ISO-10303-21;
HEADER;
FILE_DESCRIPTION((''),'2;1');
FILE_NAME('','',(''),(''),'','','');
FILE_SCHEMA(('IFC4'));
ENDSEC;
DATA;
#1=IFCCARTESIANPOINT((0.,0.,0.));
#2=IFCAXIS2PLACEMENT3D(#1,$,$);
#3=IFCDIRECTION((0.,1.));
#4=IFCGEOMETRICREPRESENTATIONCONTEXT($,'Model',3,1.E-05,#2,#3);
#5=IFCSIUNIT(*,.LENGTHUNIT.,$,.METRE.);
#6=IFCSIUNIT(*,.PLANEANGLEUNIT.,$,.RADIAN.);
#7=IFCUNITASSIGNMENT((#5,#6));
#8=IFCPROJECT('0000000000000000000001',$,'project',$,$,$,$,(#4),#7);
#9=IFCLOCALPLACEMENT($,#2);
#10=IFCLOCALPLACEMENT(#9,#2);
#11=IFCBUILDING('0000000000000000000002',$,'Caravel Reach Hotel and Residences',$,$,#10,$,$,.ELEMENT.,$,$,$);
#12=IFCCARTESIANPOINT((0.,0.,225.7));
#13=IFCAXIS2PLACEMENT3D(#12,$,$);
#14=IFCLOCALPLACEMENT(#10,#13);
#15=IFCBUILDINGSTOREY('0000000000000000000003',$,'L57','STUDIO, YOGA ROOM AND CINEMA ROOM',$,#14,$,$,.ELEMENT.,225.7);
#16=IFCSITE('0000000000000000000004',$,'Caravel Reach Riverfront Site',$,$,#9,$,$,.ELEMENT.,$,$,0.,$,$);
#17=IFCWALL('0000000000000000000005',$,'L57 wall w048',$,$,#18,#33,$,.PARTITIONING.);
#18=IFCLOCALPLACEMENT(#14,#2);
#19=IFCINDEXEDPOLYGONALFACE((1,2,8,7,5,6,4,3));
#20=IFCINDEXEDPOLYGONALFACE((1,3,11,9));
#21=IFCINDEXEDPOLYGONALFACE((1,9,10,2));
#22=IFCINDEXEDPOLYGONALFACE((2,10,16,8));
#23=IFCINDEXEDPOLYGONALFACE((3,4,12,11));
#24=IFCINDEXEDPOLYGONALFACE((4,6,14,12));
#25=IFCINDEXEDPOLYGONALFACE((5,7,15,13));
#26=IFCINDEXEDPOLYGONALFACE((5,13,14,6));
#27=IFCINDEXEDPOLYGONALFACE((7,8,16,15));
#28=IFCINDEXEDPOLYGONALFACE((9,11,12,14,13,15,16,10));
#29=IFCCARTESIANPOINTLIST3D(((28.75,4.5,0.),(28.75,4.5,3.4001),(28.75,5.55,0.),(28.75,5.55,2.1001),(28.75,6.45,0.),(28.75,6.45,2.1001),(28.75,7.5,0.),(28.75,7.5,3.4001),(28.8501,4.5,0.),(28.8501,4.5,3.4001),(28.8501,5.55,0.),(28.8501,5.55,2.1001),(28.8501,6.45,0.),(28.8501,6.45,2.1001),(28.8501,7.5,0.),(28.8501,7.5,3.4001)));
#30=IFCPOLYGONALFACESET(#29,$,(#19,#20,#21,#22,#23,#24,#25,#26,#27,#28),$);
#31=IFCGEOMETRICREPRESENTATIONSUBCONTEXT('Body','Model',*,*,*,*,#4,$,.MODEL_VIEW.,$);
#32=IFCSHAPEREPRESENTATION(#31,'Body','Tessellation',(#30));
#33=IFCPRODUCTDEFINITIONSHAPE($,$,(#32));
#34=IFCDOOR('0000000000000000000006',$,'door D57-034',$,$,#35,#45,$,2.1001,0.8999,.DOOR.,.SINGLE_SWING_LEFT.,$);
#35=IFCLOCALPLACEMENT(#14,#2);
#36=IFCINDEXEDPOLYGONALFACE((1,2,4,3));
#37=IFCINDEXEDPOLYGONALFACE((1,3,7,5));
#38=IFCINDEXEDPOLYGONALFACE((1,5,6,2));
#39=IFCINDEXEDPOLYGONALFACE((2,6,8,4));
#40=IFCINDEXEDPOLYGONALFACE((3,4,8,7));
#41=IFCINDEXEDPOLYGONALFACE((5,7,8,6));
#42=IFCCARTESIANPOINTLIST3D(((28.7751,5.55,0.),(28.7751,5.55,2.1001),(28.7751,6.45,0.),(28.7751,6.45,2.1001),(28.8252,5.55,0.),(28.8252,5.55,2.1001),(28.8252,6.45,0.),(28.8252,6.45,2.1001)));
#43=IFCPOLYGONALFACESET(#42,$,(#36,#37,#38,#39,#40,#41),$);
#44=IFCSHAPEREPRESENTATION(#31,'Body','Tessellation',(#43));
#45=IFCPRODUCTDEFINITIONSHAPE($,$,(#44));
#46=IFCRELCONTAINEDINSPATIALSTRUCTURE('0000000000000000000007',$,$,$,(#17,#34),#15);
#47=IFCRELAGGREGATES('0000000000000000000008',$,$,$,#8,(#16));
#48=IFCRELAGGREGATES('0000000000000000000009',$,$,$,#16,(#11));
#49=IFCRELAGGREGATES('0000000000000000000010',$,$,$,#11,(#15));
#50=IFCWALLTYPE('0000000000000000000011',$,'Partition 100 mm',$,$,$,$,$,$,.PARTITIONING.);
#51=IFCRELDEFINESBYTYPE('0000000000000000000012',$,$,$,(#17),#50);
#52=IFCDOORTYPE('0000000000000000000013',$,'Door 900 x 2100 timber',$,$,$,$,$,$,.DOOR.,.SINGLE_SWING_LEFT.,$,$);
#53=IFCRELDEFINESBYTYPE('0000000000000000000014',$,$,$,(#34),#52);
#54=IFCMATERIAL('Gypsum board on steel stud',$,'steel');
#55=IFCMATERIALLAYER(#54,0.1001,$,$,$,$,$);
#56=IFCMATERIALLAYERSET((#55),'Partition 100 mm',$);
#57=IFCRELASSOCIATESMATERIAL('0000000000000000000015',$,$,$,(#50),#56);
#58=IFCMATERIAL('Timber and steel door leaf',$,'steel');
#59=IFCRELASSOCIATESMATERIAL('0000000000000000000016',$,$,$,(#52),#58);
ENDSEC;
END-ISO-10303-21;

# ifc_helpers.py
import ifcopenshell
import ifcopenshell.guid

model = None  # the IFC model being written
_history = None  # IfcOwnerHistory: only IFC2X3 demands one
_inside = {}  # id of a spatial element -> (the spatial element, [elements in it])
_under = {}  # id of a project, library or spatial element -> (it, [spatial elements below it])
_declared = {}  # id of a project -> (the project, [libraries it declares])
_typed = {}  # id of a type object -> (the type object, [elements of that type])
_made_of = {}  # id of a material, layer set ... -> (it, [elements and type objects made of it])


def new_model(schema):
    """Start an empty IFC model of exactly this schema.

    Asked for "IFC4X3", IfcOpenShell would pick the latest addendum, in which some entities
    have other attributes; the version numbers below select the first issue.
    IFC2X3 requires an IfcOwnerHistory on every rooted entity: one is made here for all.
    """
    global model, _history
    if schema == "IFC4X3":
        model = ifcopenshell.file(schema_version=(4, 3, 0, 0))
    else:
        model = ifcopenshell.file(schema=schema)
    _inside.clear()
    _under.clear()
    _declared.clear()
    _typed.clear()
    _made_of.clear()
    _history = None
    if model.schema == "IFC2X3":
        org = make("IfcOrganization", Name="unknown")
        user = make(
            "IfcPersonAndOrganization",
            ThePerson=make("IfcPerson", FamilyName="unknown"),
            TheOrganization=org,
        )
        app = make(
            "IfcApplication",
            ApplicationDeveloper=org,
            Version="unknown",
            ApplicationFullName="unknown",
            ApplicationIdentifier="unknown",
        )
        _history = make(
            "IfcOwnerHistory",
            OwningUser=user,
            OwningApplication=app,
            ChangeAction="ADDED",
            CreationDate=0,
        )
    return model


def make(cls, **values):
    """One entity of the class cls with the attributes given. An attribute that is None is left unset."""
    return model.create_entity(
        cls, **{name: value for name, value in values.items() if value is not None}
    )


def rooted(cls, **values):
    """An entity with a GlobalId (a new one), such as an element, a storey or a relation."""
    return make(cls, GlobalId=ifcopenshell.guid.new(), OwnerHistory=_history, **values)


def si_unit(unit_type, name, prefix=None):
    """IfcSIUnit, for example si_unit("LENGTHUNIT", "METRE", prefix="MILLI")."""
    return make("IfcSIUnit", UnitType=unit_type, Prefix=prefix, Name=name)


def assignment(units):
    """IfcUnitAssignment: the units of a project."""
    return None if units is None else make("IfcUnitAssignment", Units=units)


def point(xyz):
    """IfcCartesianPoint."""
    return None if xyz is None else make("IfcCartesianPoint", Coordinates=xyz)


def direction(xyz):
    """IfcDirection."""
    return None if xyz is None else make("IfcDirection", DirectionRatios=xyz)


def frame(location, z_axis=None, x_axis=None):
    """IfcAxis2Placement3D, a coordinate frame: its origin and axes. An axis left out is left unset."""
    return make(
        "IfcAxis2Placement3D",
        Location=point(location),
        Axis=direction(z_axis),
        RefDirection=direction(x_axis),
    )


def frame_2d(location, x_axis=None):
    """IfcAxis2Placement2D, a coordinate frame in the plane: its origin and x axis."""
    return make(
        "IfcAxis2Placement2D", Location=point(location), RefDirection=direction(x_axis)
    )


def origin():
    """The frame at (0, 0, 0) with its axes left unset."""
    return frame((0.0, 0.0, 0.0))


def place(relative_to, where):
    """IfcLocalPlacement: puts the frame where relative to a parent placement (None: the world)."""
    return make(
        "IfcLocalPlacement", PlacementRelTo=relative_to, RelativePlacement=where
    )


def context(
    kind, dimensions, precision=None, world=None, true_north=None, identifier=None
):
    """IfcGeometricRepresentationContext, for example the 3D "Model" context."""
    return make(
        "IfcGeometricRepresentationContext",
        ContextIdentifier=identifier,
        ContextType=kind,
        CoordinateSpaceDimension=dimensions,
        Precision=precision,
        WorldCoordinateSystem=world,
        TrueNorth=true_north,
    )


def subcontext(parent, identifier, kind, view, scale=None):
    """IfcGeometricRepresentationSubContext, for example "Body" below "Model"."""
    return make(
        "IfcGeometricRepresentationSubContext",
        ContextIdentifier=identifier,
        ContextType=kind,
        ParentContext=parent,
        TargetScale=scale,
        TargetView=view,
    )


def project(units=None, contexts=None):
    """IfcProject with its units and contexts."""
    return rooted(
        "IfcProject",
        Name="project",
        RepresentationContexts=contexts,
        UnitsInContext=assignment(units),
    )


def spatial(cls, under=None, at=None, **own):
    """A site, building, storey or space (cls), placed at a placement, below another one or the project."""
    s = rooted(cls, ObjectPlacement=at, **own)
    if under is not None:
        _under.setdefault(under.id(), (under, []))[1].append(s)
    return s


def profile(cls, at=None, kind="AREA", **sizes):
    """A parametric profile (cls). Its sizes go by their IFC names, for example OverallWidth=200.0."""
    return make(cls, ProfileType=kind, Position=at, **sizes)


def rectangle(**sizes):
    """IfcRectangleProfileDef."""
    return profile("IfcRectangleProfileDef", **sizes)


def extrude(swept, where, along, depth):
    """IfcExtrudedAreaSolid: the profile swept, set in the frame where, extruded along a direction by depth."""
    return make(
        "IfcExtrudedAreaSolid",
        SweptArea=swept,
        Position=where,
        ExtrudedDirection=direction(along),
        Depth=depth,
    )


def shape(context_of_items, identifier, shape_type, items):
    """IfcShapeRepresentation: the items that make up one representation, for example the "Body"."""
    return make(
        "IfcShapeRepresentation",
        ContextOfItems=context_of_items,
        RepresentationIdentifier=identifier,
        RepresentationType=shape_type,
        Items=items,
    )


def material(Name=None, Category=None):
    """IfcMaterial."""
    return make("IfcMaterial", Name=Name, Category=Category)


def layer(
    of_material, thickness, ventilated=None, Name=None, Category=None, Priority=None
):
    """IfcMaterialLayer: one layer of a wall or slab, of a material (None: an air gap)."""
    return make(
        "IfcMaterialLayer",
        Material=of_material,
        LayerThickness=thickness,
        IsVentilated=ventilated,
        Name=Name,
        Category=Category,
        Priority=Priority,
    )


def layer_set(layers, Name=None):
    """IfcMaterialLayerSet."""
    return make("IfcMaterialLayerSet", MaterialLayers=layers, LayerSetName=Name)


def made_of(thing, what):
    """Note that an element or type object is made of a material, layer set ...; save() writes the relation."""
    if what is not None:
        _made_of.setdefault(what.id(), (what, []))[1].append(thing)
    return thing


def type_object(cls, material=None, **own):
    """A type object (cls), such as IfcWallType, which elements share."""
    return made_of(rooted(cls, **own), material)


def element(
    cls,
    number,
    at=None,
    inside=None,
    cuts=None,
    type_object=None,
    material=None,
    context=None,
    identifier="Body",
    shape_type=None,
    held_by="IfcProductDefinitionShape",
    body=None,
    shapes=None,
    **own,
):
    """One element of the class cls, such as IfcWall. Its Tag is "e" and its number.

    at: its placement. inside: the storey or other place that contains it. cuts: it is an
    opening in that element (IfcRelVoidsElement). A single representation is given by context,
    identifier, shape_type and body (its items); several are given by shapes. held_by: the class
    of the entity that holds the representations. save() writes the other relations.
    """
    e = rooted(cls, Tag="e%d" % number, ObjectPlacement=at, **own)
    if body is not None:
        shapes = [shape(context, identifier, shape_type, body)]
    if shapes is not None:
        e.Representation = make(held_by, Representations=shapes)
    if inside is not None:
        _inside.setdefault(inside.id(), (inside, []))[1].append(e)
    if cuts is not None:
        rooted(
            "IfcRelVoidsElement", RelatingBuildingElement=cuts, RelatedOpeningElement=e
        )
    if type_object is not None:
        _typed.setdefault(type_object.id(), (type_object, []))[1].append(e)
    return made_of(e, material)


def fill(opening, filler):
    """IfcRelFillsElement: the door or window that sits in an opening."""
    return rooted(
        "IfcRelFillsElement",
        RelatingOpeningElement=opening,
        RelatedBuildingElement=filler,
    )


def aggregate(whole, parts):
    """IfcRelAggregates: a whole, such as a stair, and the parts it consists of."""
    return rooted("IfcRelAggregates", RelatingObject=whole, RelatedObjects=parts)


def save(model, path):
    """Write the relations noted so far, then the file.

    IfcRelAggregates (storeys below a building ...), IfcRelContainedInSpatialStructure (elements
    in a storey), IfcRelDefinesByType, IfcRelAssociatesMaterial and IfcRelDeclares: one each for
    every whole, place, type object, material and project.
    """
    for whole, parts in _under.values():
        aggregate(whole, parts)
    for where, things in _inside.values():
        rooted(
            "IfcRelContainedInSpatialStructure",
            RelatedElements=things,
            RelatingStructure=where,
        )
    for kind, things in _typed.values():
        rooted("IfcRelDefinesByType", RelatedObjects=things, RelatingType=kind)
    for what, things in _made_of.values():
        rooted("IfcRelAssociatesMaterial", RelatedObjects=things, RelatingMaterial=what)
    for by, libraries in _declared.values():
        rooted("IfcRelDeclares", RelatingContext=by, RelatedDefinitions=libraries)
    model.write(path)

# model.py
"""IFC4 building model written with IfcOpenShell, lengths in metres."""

from ifc_helpers import new_model, si_unit, direction, frame, frame_2d, origin, place, context, subcontext, project, spatial, rectangle, extrude, material, layer, layer_set, type_object, element, fill, save


model = new_model("IFC4")

# Units and contexts
model_context = context("Model", 3, precision=1e-05, world=origin(), true_north=direction((0.0, 1.0)))
body_context = subcontext(model_context, "Body", "Model", "MODEL_VIEW")
ifc_project = project(units=[si_unit("LENGTHUNIT", "METRE"), si_unit("PLANEANGLEUNIT", "RADIAN")], contexts=[model_context])

# Site, building, storey
site_placement = place(None, origin())
site = spatial("IfcSite", under=ifc_project, at=site_placement, Name="Caravel Reach Riverfront Site", CompositionType="ELEMENT", RefElevation=0.0)
building_placement = place(site_placement, origin())
building = spatial("IfcBuilding", under=site, at=building_placement, Name="Caravel Reach Hotel and Residences", CompositionType="ELEMENT")
storey_placement = place(building_placement, frame((0.0, 0.0, 225.7)))
storey = spatial("IfcBuildingStorey", under=building, at=storey_placement, Name="L57", Description="STUDIO, YOGA ROOM AND CINEMA ROOM", CompositionType="ELEMENT", Elevation=225.7)

# Shared definitions
ifc_material_1 = material(Name="Gypsum board on steel stud", Category="steel")
ifc_layer_1 = layer(ifc_material_1, 0.1001)
ifc_layer_set_1 = layer_set([ifc_layer_1], Name="Partition 100 mm")
wall_type_1 = type_object("IfcWallType", Name="Partition 100 mm", PredefinedType="PARTITIONING", material=ifc_layer_set_1)

# Wall, opening, door
wall_1_placement = place(storey_placement, frame((28.8, 4.5, 0.0), z_axis=(0.0, 0.0, 1.0), x_axis=(0.0, 1.0, 0.0)))
wall_1 = element("IfcWall", 1, at=wall_1_placement, inside=storey, type_object=wall_type_1, Name="L57 wall w048", PredefinedType="PARTITIONING", context=body_context, shape_type="SweptSolid", body=[
    extrude(rectangle(XDim=3.0, YDim=0.1001, at=frame_2d((1.5, 0.0))), origin(), (0.0, 0.0, 1.0), 3.4001),
])
opening_1_placement = place(wall_1_placement, frame((1.05, 0.0, 0.0)))
opening_1 = element("IfcOpeningElement", 2, at=opening_1_placement, cuts=wall_1, PredefinedType="OPENING", context=body_context, shape_type="SweptSolid", body=[
    extrude(rectangle(XDim=0.8999, YDim=2.1001, at=frame_2d((0.45, 1.05))), frame((0.0, 0.0601, 0.0), z_axis=(0.0, -1.0, 0.0), x_axis=(1.0, 0.0, 0.0)), (0.0, 0.0, 1.0), 0.1201),
])
ifc_material_2 = material(Name="Timber and steel door leaf", Category="steel")
door_type_1 = type_object("IfcDoorType", Name="Door 900 x 2100 timber", OperationType="SINGLE_SWING_LEFT", PredefinedType="DOOR", material=ifc_material_2)
door_1_placement = place(opening_1_placement, origin())
door_1 = element("IfcDoor", 3, at=door_1_placement, inside=storey, type_object=door_type_1, Name="door D57-034", OperationType="SINGLE_SWING_LEFT", OverallHeight=2.1001, OverallWidth=0.8999, PredefinedType="DOOR", context=body_context, shape_type="SweptSolid", body=[
    extrude(rectangle(XDim=0.8999, YDim=2.1001, at=frame_2d((0.45, 1.05))), frame((0.0, 0.0249, 0.0), z_axis=(0.0, -1.0, 0.0), x_axis=(1.0, 0.0, 0.0)), (0.0, 0.0, 1.0), 0.05),
])
fill(opening_1, door_1)

save(model, "model.ifc")
